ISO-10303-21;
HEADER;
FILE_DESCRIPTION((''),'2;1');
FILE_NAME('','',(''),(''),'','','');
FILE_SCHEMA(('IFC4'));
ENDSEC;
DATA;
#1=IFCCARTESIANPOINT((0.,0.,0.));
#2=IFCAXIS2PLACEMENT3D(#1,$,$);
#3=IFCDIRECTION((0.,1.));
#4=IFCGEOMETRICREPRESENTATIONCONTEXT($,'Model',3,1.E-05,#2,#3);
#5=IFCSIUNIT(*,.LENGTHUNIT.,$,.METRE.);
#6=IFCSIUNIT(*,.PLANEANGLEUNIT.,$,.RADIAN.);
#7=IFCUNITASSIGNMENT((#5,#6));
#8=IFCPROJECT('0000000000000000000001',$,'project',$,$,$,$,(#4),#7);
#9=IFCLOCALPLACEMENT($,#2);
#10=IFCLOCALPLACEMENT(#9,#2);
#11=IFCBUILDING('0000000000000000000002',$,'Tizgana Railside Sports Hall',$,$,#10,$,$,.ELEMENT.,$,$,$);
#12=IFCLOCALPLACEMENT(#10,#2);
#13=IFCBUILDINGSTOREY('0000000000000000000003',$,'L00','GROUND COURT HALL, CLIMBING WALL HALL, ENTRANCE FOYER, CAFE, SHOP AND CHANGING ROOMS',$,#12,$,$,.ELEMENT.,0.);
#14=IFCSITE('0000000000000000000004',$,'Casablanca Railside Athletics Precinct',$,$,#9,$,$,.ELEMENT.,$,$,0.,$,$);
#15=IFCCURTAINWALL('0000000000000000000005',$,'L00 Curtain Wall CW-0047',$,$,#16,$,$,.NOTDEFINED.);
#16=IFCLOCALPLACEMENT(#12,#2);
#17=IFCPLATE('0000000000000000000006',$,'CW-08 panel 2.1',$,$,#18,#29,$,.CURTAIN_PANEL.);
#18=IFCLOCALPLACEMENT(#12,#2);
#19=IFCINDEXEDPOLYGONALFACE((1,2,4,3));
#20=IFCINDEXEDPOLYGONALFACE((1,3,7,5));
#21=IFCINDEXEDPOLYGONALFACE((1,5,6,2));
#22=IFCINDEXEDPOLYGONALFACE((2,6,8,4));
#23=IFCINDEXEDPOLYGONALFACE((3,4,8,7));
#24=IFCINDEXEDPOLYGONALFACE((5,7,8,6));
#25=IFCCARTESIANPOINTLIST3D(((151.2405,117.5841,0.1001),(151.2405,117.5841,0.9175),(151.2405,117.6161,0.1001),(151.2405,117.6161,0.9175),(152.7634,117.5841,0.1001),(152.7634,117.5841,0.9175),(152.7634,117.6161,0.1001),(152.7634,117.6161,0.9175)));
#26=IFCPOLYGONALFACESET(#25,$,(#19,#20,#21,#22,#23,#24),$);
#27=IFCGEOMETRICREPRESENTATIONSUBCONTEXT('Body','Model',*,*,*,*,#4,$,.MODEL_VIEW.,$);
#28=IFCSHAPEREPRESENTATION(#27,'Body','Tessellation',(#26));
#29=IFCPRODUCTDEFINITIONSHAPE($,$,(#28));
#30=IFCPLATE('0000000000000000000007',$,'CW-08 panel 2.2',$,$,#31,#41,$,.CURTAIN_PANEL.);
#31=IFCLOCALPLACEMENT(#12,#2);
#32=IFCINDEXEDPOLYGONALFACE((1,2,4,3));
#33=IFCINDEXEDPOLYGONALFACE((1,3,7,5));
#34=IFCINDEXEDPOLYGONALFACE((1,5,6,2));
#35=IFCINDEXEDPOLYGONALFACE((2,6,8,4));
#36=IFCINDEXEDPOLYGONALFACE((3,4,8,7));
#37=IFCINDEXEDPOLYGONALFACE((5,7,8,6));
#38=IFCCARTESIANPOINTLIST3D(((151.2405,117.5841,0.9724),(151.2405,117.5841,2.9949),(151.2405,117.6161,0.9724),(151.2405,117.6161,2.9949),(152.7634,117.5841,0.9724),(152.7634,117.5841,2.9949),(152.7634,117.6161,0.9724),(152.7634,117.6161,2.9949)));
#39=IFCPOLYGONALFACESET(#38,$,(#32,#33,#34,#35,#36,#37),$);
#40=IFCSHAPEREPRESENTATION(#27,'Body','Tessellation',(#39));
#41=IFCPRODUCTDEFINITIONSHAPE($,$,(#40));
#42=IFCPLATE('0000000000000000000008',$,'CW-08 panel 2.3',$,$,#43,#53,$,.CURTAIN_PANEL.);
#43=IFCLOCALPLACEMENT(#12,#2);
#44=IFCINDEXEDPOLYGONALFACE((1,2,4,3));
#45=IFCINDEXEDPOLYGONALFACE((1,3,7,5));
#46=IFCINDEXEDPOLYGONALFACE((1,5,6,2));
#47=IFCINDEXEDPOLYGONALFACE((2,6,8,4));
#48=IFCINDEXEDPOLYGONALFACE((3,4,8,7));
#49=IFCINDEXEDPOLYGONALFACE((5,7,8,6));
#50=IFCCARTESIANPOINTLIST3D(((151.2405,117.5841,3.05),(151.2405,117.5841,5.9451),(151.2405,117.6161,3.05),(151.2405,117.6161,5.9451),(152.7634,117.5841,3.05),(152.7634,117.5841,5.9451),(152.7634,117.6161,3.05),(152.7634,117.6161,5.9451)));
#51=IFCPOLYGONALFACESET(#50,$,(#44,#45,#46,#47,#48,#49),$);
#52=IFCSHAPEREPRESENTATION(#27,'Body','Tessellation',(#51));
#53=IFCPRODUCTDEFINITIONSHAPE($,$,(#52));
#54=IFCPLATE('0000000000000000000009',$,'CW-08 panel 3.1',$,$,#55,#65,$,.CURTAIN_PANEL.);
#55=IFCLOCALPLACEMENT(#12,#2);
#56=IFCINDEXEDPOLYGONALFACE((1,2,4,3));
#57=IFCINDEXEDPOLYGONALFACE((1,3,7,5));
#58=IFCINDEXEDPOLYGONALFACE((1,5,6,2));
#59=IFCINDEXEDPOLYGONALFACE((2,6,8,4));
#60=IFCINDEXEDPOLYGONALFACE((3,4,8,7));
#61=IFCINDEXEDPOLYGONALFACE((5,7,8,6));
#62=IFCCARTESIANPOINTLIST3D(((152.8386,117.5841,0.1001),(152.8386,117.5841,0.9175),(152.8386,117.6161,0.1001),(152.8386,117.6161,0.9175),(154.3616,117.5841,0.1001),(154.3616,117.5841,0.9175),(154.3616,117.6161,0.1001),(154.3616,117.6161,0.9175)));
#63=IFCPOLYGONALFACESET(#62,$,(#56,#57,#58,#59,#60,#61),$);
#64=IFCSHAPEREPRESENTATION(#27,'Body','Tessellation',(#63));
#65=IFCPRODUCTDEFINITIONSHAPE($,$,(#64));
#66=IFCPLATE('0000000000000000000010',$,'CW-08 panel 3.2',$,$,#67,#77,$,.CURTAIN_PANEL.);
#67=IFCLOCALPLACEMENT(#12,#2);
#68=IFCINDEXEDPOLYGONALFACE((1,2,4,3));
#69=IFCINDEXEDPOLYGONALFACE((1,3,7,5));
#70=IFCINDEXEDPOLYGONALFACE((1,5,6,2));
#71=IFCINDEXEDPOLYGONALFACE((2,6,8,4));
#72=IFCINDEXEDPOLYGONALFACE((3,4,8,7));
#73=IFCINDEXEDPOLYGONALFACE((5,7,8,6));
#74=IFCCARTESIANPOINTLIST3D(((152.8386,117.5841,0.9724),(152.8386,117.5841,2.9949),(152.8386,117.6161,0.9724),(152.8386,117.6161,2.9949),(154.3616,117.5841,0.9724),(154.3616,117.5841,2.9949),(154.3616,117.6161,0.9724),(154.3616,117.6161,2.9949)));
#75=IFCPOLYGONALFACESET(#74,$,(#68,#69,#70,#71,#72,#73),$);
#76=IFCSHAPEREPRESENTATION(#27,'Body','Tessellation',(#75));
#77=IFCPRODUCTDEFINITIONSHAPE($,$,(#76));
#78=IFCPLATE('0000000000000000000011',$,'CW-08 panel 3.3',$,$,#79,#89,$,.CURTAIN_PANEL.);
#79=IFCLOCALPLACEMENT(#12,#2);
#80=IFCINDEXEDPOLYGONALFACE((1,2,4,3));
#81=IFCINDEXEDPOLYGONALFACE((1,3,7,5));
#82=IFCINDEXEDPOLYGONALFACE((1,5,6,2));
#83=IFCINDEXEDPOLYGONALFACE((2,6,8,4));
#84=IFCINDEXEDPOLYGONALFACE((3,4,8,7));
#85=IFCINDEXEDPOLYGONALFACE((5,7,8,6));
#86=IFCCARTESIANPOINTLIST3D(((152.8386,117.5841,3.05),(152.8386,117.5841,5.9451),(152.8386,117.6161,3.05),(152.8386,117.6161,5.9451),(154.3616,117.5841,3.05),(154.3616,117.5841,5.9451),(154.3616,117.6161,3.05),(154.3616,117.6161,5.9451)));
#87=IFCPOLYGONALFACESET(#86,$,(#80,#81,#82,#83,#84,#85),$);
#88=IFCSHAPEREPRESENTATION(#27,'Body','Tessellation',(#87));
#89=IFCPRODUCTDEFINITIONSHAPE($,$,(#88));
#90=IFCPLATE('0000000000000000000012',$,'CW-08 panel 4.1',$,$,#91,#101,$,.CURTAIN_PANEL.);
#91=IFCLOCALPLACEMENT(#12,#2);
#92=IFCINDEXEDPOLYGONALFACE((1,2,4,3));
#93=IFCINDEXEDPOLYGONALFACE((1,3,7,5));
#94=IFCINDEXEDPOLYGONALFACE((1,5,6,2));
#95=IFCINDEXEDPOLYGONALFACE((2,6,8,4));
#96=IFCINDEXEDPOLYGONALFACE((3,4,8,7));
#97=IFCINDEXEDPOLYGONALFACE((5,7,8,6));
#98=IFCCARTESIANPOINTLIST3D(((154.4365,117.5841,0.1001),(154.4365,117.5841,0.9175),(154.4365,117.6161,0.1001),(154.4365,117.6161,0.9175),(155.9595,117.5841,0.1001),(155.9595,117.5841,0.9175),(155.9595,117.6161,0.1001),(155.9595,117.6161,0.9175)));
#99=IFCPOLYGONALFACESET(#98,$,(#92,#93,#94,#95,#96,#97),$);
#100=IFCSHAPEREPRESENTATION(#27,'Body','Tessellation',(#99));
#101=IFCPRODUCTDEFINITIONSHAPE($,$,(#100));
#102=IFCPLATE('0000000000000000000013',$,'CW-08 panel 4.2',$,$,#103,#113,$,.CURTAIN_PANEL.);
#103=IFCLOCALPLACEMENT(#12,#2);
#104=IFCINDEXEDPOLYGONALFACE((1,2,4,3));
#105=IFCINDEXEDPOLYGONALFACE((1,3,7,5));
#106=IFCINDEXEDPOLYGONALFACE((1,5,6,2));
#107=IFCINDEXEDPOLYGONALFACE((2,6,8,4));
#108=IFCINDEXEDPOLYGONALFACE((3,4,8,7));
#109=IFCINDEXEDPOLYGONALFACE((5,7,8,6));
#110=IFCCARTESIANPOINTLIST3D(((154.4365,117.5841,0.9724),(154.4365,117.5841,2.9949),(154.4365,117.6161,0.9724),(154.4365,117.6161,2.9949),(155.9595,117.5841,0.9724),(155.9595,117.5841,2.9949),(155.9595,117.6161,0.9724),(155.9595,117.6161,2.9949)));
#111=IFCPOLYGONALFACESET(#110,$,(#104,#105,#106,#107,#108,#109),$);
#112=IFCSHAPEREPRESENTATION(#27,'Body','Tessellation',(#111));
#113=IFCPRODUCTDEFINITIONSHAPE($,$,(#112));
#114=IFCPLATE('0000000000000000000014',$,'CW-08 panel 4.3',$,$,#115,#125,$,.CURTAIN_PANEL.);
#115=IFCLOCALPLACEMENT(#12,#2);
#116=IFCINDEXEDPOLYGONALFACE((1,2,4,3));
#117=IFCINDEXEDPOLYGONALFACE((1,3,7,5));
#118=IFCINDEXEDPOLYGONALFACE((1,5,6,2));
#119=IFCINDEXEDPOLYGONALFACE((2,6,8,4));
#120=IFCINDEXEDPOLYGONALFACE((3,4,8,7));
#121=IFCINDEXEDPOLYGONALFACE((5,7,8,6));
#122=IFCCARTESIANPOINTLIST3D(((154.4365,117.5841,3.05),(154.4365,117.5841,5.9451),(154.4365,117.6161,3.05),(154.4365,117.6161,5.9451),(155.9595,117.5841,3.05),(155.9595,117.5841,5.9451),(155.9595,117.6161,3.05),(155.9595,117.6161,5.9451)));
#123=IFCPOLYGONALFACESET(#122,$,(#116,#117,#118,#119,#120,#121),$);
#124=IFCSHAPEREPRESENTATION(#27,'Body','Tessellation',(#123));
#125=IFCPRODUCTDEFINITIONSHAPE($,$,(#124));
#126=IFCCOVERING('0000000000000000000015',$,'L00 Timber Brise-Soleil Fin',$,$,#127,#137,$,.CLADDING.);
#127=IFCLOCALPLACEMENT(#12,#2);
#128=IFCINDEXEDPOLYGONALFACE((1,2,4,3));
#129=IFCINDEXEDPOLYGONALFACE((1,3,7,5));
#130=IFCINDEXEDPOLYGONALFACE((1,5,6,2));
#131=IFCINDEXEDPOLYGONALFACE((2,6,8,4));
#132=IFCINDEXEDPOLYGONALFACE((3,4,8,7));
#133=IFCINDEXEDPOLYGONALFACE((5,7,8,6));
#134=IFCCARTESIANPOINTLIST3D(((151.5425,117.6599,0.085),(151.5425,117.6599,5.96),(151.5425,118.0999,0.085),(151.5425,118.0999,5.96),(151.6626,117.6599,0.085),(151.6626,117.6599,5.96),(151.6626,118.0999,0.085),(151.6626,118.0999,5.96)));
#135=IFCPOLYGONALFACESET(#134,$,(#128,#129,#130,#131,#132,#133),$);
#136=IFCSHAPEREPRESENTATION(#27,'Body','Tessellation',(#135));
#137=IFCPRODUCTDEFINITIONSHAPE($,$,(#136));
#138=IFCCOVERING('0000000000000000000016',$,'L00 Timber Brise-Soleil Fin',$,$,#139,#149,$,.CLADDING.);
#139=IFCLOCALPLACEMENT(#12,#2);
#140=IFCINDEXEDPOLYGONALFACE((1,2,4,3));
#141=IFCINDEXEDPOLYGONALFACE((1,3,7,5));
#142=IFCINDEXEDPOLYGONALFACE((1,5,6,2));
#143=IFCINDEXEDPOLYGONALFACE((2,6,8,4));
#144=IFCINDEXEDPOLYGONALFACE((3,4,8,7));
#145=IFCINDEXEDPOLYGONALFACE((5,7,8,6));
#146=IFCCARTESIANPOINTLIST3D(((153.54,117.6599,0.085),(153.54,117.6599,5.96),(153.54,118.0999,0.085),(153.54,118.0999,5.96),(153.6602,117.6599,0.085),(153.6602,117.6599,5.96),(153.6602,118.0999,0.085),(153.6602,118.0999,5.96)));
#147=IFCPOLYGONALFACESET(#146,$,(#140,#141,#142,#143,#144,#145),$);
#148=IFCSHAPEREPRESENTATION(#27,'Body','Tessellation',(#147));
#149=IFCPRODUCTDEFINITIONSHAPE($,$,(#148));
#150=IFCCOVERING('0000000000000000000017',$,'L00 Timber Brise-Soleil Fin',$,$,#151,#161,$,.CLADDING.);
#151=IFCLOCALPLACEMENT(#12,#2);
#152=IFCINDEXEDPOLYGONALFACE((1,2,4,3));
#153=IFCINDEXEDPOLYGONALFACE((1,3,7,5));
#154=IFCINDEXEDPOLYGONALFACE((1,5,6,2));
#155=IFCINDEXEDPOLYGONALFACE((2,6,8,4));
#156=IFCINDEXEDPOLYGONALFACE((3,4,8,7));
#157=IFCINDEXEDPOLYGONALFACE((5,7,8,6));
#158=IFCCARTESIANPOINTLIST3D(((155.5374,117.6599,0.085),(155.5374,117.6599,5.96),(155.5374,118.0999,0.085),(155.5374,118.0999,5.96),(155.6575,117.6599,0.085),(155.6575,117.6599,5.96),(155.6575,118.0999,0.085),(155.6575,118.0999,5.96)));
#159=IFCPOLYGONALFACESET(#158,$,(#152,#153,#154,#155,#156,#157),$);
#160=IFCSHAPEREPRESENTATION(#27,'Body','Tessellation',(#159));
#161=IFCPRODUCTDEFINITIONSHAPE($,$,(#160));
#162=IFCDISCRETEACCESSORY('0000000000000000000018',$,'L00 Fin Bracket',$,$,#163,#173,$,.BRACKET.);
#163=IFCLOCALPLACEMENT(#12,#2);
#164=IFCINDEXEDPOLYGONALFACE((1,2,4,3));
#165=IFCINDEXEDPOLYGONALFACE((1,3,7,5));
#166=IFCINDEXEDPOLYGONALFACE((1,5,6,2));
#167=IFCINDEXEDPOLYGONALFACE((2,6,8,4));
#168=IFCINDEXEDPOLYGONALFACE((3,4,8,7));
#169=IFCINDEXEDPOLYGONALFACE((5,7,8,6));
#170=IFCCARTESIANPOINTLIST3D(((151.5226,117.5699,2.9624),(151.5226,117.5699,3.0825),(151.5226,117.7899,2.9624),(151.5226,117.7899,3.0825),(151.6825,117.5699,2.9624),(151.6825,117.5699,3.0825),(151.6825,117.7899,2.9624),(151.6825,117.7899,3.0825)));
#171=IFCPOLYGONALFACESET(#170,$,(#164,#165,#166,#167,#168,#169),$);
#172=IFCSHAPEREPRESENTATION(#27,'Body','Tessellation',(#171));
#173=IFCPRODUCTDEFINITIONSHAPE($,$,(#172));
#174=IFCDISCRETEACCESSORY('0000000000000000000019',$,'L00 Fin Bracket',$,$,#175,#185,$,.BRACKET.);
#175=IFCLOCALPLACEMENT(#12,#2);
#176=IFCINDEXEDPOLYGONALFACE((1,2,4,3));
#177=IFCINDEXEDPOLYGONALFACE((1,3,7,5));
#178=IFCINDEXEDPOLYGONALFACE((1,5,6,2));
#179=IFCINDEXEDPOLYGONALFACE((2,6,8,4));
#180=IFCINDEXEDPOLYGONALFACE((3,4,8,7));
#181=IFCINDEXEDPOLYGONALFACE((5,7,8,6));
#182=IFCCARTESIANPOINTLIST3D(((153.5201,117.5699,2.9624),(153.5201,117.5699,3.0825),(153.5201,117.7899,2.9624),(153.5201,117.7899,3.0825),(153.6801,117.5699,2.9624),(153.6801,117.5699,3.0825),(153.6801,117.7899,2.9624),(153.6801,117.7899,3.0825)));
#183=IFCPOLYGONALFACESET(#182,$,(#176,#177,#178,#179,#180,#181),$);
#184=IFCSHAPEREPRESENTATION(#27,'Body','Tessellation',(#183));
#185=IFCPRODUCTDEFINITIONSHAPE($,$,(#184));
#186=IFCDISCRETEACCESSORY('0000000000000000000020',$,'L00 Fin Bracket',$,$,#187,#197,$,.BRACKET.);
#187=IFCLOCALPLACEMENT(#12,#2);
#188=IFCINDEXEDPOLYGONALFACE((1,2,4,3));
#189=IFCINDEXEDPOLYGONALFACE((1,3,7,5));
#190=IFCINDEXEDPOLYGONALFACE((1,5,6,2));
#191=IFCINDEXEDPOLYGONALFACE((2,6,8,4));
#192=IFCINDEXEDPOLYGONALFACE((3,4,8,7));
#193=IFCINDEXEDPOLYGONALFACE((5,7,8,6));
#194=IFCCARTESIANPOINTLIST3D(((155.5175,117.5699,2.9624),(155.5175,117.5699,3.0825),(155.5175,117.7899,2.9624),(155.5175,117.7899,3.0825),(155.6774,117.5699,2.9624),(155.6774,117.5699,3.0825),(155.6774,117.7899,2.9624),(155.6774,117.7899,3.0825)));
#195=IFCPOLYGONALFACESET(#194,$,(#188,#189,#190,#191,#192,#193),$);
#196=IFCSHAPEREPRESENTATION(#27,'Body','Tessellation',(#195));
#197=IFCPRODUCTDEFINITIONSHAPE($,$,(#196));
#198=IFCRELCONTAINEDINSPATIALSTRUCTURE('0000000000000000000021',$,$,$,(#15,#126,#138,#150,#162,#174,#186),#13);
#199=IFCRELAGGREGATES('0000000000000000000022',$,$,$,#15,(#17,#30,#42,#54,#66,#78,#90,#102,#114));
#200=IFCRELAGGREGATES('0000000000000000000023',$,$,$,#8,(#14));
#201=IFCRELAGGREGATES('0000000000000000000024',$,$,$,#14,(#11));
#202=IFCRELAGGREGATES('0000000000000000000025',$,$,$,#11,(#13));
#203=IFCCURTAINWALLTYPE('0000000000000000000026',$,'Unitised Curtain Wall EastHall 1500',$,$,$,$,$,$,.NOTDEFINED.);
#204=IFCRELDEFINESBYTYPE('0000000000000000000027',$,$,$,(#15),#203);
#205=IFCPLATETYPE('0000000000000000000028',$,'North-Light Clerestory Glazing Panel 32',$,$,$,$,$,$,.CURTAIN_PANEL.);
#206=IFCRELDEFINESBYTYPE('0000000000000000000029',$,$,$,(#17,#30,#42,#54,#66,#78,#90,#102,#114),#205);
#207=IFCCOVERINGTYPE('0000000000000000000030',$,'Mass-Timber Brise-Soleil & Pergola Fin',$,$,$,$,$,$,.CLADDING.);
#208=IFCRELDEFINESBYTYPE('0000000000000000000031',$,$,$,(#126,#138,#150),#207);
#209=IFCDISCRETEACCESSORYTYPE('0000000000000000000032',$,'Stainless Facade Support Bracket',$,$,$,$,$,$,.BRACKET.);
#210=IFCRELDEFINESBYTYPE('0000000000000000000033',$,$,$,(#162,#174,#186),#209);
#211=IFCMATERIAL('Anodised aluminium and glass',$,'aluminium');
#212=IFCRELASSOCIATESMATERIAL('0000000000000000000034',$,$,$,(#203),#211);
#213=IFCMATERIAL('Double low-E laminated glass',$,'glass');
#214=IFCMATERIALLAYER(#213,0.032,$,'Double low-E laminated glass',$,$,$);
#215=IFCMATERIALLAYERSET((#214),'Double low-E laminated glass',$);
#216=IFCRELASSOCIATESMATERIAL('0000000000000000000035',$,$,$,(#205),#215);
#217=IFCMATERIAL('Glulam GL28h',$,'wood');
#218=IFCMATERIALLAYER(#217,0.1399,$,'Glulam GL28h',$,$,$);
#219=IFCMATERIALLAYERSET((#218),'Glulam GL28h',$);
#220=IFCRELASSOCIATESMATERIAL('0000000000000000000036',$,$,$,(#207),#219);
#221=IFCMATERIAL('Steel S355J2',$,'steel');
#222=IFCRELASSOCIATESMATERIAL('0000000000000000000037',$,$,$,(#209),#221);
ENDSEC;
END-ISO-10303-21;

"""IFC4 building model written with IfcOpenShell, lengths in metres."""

from ifc_helpers import new_model, si_unit, direction, frame, origin, origin_2d, place, context, subcontext, project, spatial, rectangle, extrude, material, layer, layer_set, type_object, element, aggregate, save


model = new_model("IFC4")

# Units and contexts
model_context = context("Model", 3, precision=1e-05, world=origin(), true_north=direction((0.0, 1.0)))
body_context = subcontext(model_context, "Body", "Model", "MODEL_VIEW")
ifc_project = project(units=[si_unit("LENGTHUNIT", "METRE"), si_unit("PLANEANGLEUNIT", "RADIAN")], contexts=[model_context])

# Site, building, storey
site_placement = place(None, origin())
site = spatial("IfcSite", under=ifc_project, at=site_placement, Name="Casablanca Railside Athletics Precinct", CompositionType="ELEMENT", RefElevation=0.0)
building_placement = place(site_placement, origin())
building = spatial("IfcBuilding", under=site, at=building_placement, Name="Tizgana Railside Sports Hall", CompositionType="ELEMENT")
storey_placement = place(building_placement, origin())
storey = spatial("IfcBuildingStorey", under=building, at=storey_placement, Name="L00", Description="GROUND COURT HALL, CLIMBING WALL HALL, ENTRANCE FOYER, CAFE, SHOP AND CHANGING ROOMS", CompositionType="ELEMENT", Elevation=0.0)

# Curtain wall, plates
ifc_material_1 = material(Name="Anodised aluminium and glass", Category="aluminium")
curtain_wall_type = type_object("IfcCurtainWallType", Name="Unitised Curtain Wall EastHall 1500", PredefinedType="NOTDEFINED", material=ifc_material_1)
curtain_wall_placement = place(storey_placement, origin())
curtain_wall = element("IfcCurtainWall", 1, at=curtain_wall_placement, inside=storey, type_object=curtain_wall_type, Name="L00 Curtain Wall CW-0047", PredefinedType="NOTDEFINED")
ifc_material_2 = material(Name="Double low-E laminated glass", Category="glass")
ifc_layer_1 = layer(ifc_material_2, 0.032, Name="Double low-E laminated glass")
ifc_layer_set_1 = layer_set([ifc_layer_1], Name="Double low-E laminated glass")
plate_type = type_object("IfcPlateType", Name="North-Light Clerestory Glazing Panel 32", PredefinedType="CURTAIN_PANEL", material=ifc_layer_set_1)
plate_1_placement = place(storey_placement, frame((152.002, 117.6001, 0.1001), z_axis=(0.0, 0.0, 1.0), x_axis=(1.0, 0.0, 0.0)))
plate_1 = element("IfcPlate", 2, at=plate_1_placement, type_object=plate_type, Name="CW-08 panel 2.1", PredefinedType="CURTAIN_PANEL", context=body_context, shape_type="SweptSolid", body=[
    extrude(rectangle(XDim=1.5229, YDim=0.032, at=origin_2d()), origin(), (0.0, 0.0, 1.0), 0.8174),
])
plate_2_placement = place(storey_placement, frame((152.002, 117.6001, 0.9724), z_axis=(0.0, 0.0, 1.0), x_axis=(1.0, 0.0, 0.0)))
plate_2 = element("IfcPlate", 3, at=plate_2_placement, type_object=plate_type, Name="CW-08 panel 2.2", PredefinedType="CURTAIN_PANEL", context=body_context, shape_type="SweptSolid", body=[
    extrude(rectangle(XDim=1.5229, YDim=0.032, at=origin_2d()), origin(), (0.0, 0.0, 1.0), 2.0225),
])
plate_3_placement = place(storey_placement, frame((152.002, 117.6001, 3.05), z_axis=(0.0, 0.0, 1.0), x_axis=(1.0, 0.0, 0.0)))
plate_3 = element("IfcPlate", 4, at=plate_3_placement, type_object=plate_type, Name="CW-08 panel 2.3", PredefinedType="CURTAIN_PANEL", context=body_context, shape_type="SweptSolid", body=[
    extrude(rectangle(XDim=1.5229, YDim=0.032, at=origin_2d()), origin(), (0.0, 0.0, 1.0), 2.895),
])
plate_4_placement = place(storey_placement, frame((153.6001, 117.6001, 0.1001), z_axis=(0.0, 0.0, 1.0), x_axis=(1.0, 0.0, 0.0)))
plate_4 = element("IfcPlate", 5, at=plate_4_placement, type_object=plate_type, Name="CW-08 panel 3.1", PredefinedType="CURTAIN_PANEL", context=body_context, shape_type="SweptSolid", body=[
    extrude(rectangle(XDim=1.5229, YDim=0.032, at=origin_2d()), origin(), (0.0, 0.0, 1.0), 0.8174),
])
plate_5_placement = place(storey_placement, frame((153.6001, 117.6001, 0.9724), z_axis=(0.0, 0.0, 1.0), x_axis=(1.0, 0.0, 0.0)))
plate_5 = element("IfcPlate", 6, at=plate_5_placement, type_object=plate_type, Name="CW-08 panel 3.2", PredefinedType="CURTAIN_PANEL", context=body_context, shape_type="SweptSolid", body=[
    extrude(rectangle(XDim=1.5229, YDim=0.032, at=origin_2d()), origin(), (0.0, 0.0, 1.0), 2.0225),
])
plate_6_placement = place(storey_placement, frame((153.6001, 117.6001, 3.05), z_axis=(0.0, 0.0, 1.0), x_axis=(1.0, 0.0, 0.0)))
plate_6 = element("IfcPlate", 7, at=plate_6_placement, type_object=plate_type, Name="CW-08 panel 3.3", PredefinedType="CURTAIN_PANEL", context=body_context, shape_type="SweptSolid", body=[
    extrude(rectangle(XDim=1.5229, YDim=0.032, at=origin_2d()), origin(), (0.0, 0.0, 1.0), 2.895),
])
plate_7_placement = place(storey_placement, frame((155.198, 117.6001, 0.1001), z_axis=(0.0, 0.0, 1.0), x_axis=(1.0, 0.0, 0.0)))
plate_7 = element("IfcPlate", 8, at=plate_7_placement, type_object=plate_type, Name="CW-08 panel 4.1", PredefinedType="CURTAIN_PANEL", context=body_context, shape_type="SweptSolid", body=[
    extrude(rectangle(XDim=1.5229, YDim=0.032, at=origin_2d()), origin(), (0.0, 0.0, 1.0), 0.8174),
])
plate_8_placement = place(storey_placement, frame((155.198, 117.6001, 0.9724), z_axis=(0.0, 0.0, 1.0), x_axis=(1.0, 0.0, 0.0)))
plate_8 = element("IfcPlate", 9, at=plate_8_placement, type_object=plate_type, Name="CW-08 panel 4.2", PredefinedType="CURTAIN_PANEL", context=body_context, shape_type="SweptSolid", body=[
    extrude(rectangle(XDim=1.5229, YDim=0.032, at=origin_2d()), origin(), (0.0, 0.0, 1.0), 2.0225),
])
plate_9_placement = place(storey_placement, frame((155.198, 117.6001, 3.05), z_axis=(0.0, 0.0, 1.0), x_axis=(1.0, 0.0, 0.0)))
plate_9 = element("IfcPlate", 10, at=plate_9_placement, type_object=plate_type, Name="CW-08 panel 4.3", PredefinedType="CURTAIN_PANEL", context=body_context, shape_type="SweptSolid", body=[
    extrude(rectangle(XDim=1.5229, YDim=0.032, at=origin_2d()), origin(), (0.0, 0.0, 1.0), 2.895),
])
aggregate(curtain_wall, [plate_1, plate_2, plate_3, plate_4, plate_5, plate_6, plate_7, plate_8, plate_9])

# Coverings
ifc_material_3 = material(Name="Glulam GL28h", Category="wood")
ifc_layer_2 = layer(ifc_material_3, 0.1399, Name="Glulam GL28h")
ifc_layer_set_2 = layer_set([ifc_layer_2], Name="Glulam GL28h")
covering_type = type_object("IfcCoveringType", Name="Mass-Timber Brise-Soleil & Pergola Fin", PredefinedType="CLADDING", material=ifc_layer_set_2)
for number, where, z_axis, x_axis, name in (
    (11, (151.6025, 117.8799, 0.085), (0.0, 0.0, 1.0), (1.0, 0.0, 0.0), "L00 Timber Brise-Soleil Fin"),
    (12, (153.6001, 117.8799, 0.085), (0.0, 0.0, 1.0), (1.0, 0.0, 0.0), "L00 Timber Brise-Soleil Fin"),
    (13, (155.5974, 117.8799, 0.085), (0.0, 0.0, 1.0), (1.0, 0.0, 0.0), "L00 Timber Brise-Soleil Fin"),
):
    element("IfcCovering", number, at=place(storey_placement, frame(where, z_axis=z_axis, x_axis=x_axis)), inside=storey, type_object=covering_type, Name=name, PredefinedType="CLADDING", context=body_context, shape_type="SweptSolid", body=[
        extrude(rectangle(XDim=0.1201, YDim=0.4399, at=origin_2d()), origin(), (0.0, 0.0, 1.0), 5.875),
    ])

# Discrete accessories
ifc_material_4 = material(Name="Steel S355J2", Category="steel")
discrete_accessory_type = type_object("IfcDiscreteAccessoryType", Name="Stainless Facade Support Bracket", PredefinedType="BRACKET", material=ifc_material_4)
for number, where, z_axis, x_axis, name in (
    (14, (151.6025, 117.6799, 2.9624), (0.0, 0.0, 1.0), (1.0, 0.0, 0.0), "L00 Fin Bracket"),
    (15, (153.6001, 117.6799, 2.9624), (0.0, 0.0, 1.0), (1.0, 0.0, 0.0), "L00 Fin Bracket"),
    (16, (155.5974, 117.6799, 2.9624), (0.0, 0.0, 1.0), (1.0, 0.0, 0.0), "L00 Fin Bracket"),
):
    element("IfcDiscreteAccessory", number, at=place(storey_placement, frame(where, z_axis=z_axis, x_axis=x_axis)), inside=storey, type_object=discrete_accessory_type, Name=name, PredefinedType="BRACKET", context=body_context, shape_type="SweptSolid", body=[
        extrude(rectangle(XDim=0.1599, YDim=0.22, at=origin_2d()), origin(), (0.0, 0.0, 1.0), 0.1201),
    ])

save(model, "model.ifc")
